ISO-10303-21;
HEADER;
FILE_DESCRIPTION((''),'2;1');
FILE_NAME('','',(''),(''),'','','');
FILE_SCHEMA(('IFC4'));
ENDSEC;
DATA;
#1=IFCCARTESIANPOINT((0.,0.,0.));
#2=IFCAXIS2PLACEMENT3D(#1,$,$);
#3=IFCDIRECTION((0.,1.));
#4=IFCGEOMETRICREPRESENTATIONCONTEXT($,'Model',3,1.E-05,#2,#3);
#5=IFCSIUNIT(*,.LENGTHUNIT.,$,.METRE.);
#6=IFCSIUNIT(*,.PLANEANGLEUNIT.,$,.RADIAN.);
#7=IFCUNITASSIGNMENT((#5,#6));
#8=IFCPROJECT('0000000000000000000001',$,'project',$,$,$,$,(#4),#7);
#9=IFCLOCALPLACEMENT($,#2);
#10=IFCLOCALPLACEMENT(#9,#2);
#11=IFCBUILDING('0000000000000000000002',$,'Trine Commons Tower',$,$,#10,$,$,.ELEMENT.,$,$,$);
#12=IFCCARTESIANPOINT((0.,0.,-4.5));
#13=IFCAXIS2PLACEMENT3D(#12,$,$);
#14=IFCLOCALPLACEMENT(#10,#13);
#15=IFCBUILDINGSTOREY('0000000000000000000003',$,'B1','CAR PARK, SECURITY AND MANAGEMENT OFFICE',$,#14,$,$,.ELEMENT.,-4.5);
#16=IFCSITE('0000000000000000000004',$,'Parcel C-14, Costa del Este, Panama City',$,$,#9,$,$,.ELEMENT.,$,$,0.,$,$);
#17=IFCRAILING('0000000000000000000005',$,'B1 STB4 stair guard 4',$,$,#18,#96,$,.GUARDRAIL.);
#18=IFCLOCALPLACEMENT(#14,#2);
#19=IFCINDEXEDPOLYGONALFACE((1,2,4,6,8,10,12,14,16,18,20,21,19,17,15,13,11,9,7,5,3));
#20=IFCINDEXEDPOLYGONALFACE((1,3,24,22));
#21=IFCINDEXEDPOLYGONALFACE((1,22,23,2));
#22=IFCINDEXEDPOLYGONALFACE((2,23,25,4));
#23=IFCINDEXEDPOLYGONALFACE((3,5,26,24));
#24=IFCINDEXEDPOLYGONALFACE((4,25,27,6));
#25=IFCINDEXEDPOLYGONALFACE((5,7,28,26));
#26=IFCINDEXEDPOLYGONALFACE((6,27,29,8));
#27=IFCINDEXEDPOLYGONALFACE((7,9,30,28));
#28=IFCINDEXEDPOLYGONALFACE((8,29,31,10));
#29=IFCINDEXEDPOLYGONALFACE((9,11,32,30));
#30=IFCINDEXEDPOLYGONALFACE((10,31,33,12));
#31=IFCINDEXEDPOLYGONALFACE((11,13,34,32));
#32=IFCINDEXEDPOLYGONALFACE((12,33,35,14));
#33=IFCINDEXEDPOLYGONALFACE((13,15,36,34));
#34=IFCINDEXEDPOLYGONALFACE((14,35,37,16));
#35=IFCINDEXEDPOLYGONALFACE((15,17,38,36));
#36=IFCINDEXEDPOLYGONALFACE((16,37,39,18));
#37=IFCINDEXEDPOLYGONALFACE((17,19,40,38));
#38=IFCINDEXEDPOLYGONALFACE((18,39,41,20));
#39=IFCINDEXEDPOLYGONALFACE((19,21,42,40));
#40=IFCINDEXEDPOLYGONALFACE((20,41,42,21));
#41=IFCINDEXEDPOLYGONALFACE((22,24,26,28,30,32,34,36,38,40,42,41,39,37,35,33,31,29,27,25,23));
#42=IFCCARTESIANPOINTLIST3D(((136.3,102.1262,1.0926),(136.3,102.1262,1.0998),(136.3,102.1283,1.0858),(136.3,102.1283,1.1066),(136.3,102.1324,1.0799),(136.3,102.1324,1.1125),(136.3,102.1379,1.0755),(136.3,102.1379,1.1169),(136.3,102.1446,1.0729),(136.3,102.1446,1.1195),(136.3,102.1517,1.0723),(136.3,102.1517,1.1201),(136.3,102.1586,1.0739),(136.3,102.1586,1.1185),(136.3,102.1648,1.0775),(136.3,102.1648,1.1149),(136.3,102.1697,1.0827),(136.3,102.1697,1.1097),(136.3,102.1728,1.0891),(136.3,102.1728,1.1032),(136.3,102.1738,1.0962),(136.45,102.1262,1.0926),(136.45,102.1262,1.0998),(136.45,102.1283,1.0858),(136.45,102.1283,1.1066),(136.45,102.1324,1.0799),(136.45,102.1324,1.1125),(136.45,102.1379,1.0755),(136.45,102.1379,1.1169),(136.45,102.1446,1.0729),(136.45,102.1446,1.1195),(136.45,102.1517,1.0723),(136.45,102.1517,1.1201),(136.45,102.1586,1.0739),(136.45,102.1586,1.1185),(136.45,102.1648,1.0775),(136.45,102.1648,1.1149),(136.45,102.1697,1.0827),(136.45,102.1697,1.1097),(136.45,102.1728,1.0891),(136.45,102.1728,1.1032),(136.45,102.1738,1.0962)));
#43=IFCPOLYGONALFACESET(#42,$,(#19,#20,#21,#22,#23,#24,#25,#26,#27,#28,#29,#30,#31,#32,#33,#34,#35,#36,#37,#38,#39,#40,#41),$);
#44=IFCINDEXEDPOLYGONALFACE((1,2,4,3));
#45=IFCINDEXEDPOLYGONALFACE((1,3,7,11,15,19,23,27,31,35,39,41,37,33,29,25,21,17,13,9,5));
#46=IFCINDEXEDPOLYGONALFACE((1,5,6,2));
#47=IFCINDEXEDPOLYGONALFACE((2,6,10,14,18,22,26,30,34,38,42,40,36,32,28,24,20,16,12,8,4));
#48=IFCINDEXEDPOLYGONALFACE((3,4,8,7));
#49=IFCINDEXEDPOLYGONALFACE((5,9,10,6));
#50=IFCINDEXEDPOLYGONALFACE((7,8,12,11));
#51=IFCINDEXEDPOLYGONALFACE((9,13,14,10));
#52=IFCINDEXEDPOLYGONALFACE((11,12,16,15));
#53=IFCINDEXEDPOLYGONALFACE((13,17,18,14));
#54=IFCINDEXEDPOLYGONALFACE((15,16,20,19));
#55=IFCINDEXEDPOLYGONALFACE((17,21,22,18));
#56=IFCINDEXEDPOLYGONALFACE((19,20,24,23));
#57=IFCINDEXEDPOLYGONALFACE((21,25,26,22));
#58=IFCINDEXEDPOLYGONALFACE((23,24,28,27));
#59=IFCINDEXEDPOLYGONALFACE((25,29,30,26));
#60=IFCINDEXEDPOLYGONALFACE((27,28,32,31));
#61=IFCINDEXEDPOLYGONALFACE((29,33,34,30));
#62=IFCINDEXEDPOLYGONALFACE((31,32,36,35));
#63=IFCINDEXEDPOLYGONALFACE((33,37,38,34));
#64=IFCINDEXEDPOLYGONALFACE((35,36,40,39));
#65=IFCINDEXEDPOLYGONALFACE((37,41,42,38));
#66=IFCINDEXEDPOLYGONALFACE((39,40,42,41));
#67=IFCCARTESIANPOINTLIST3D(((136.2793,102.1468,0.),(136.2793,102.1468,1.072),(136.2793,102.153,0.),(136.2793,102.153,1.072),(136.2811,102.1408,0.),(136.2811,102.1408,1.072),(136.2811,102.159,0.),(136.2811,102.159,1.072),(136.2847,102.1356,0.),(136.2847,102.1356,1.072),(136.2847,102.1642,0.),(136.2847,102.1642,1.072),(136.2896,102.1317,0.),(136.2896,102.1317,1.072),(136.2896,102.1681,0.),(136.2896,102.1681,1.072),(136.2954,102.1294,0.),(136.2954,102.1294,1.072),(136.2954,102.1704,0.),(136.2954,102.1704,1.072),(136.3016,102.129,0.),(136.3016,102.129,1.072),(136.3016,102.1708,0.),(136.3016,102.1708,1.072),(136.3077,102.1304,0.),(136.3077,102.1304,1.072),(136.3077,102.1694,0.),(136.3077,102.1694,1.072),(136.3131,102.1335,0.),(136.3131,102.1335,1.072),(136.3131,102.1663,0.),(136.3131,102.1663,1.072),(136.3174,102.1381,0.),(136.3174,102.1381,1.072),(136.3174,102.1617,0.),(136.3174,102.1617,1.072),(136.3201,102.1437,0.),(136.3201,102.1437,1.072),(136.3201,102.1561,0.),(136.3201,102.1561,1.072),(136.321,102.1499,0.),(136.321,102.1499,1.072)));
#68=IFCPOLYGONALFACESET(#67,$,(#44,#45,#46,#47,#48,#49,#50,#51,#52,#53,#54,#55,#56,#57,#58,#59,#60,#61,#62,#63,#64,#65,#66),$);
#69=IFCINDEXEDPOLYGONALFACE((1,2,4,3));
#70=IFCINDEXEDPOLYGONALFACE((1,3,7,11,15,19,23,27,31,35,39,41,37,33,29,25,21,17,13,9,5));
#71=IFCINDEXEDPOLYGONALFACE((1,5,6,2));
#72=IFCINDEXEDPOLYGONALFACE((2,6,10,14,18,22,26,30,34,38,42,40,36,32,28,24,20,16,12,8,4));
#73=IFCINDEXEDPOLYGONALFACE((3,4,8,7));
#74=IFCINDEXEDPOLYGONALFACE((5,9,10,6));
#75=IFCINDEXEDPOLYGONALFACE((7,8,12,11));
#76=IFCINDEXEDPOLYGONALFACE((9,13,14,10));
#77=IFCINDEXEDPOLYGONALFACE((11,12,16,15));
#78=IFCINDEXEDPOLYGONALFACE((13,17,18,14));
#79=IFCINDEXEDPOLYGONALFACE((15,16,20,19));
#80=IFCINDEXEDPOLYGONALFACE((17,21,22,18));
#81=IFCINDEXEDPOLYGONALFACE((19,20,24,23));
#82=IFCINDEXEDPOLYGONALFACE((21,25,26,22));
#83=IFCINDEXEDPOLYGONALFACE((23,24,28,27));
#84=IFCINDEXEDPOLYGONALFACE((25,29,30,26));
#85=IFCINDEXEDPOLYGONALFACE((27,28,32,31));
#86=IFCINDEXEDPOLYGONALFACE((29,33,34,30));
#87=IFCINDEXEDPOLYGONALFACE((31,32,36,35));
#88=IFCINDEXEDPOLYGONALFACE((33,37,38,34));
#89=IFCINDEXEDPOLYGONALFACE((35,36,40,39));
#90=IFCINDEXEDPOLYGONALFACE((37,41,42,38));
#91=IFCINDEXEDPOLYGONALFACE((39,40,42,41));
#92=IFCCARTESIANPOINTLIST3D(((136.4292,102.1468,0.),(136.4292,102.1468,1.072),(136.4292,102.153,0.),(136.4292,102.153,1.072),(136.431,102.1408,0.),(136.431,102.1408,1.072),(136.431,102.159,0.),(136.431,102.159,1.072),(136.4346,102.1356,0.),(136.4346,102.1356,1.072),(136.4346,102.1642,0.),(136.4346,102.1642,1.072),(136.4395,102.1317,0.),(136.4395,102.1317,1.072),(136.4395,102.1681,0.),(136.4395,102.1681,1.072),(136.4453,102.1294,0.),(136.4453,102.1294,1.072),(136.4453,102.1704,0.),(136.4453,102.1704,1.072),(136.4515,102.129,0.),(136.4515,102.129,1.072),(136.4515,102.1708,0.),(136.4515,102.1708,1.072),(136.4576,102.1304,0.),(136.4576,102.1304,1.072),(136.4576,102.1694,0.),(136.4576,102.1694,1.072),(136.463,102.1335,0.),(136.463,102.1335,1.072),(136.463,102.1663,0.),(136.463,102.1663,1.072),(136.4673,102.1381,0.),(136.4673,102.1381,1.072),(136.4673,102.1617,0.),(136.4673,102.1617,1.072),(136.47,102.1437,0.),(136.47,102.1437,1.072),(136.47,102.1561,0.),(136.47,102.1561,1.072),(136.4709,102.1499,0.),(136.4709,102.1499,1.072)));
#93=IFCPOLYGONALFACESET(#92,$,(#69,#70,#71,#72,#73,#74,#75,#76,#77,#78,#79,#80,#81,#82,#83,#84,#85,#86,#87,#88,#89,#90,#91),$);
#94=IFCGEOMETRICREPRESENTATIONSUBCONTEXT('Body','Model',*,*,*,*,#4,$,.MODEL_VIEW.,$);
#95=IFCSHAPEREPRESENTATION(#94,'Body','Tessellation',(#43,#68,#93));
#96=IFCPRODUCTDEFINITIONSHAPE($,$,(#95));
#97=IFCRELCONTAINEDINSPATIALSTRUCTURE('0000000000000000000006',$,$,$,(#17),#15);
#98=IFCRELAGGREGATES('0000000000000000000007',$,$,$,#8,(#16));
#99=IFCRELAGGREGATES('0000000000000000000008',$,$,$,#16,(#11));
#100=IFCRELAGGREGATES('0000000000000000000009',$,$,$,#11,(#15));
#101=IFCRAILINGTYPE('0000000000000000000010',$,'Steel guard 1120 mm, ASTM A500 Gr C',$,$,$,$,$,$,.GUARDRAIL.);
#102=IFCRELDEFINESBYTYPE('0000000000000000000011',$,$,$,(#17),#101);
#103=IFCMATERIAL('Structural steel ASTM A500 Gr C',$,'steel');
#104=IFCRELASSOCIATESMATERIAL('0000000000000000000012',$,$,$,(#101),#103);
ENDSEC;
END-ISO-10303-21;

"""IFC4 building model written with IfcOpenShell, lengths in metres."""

from ifc_helpers import new_model, si_unit, direction, frame, origin, origin_2d, place, context, subcontext, project, spatial, circle, extrude, material, type_object, element, save


model = new_model("IFC4")

# Units and contexts
model_context = context("Model", 3, precision=1e-05, world=origin(), true_north=direction((0.0, 1.0)))
body_context = subcontext(model_context, "Body", "Model", "MODEL_VIEW")
ifc_project = project(units=[si_unit("LENGTHUNIT", "METRE"), si_unit("PLANEANGLEUNIT", "RADIAN")], contexts=[model_context])

# Site, building, storey
site_placement = place(None, origin())
site = spatial("IfcSite", under=ifc_project, at=site_placement, Name="Parcel C-14, Costa del Este, Panama City", CompositionType="ELEMENT", RefElevation=0.0)
building_placement = place(site_placement, origin())
building = spatial("IfcBuilding", under=site, at=building_placement, Name="Trine Commons Tower", CompositionType="ELEMENT")
storey_placement = place(building_placement, frame((0.0, 0.0, -4.5)))
storey = spatial("IfcBuildingStorey", under=building, at=storey_placement, Name="B1", Description="CAR PARK, SECURITY AND MANAGEMENT OFFICE", CompositionType="ELEMENT", Elevation=-4.5)

# Railing
ifc_material_1 = material(Name="Structural steel ASTM A500 Gr C", Category="steel")
railing_type_1 = type_object("IfcRailingType", Name="Steel guard 1120 mm, ASTM A500 Gr C", PredefinedType="GUARDRAIL", material=ifc_material_1)
railing_1_placement = place(storey_placement, frame((136.3, 102.1499, 0.0)))
element("IfcRailing", 1, at=railing_1_placement, inside=storey, type_object=railing_type_1, Name="B1 STB4 stair guard 4", PredefinedType="GUARDRAIL", context=body_context, shape_type="SweptSolid", body=[
    extrude(circle(Radius=0.0239, at=origin_2d()), frame((0.0, 0.0, 1.0962), z_axis=(1.0, 0.0, 0.0), x_axis=(0.0, 1.0, 0.0)), (0.0, 0.0, 1.0), 0.1499),
    extrude(circle(Radius=0.021, at=origin_2d()), origin(), (0.0, 0.0, 1.0), 1.072),
    extrude(circle(Radius=0.021, at=origin_2d()), frame((0.1499, 0.0, 0.0)), (0.0, 0.0, 1.0), 1.072),
])

save(model, "model.ifc")
